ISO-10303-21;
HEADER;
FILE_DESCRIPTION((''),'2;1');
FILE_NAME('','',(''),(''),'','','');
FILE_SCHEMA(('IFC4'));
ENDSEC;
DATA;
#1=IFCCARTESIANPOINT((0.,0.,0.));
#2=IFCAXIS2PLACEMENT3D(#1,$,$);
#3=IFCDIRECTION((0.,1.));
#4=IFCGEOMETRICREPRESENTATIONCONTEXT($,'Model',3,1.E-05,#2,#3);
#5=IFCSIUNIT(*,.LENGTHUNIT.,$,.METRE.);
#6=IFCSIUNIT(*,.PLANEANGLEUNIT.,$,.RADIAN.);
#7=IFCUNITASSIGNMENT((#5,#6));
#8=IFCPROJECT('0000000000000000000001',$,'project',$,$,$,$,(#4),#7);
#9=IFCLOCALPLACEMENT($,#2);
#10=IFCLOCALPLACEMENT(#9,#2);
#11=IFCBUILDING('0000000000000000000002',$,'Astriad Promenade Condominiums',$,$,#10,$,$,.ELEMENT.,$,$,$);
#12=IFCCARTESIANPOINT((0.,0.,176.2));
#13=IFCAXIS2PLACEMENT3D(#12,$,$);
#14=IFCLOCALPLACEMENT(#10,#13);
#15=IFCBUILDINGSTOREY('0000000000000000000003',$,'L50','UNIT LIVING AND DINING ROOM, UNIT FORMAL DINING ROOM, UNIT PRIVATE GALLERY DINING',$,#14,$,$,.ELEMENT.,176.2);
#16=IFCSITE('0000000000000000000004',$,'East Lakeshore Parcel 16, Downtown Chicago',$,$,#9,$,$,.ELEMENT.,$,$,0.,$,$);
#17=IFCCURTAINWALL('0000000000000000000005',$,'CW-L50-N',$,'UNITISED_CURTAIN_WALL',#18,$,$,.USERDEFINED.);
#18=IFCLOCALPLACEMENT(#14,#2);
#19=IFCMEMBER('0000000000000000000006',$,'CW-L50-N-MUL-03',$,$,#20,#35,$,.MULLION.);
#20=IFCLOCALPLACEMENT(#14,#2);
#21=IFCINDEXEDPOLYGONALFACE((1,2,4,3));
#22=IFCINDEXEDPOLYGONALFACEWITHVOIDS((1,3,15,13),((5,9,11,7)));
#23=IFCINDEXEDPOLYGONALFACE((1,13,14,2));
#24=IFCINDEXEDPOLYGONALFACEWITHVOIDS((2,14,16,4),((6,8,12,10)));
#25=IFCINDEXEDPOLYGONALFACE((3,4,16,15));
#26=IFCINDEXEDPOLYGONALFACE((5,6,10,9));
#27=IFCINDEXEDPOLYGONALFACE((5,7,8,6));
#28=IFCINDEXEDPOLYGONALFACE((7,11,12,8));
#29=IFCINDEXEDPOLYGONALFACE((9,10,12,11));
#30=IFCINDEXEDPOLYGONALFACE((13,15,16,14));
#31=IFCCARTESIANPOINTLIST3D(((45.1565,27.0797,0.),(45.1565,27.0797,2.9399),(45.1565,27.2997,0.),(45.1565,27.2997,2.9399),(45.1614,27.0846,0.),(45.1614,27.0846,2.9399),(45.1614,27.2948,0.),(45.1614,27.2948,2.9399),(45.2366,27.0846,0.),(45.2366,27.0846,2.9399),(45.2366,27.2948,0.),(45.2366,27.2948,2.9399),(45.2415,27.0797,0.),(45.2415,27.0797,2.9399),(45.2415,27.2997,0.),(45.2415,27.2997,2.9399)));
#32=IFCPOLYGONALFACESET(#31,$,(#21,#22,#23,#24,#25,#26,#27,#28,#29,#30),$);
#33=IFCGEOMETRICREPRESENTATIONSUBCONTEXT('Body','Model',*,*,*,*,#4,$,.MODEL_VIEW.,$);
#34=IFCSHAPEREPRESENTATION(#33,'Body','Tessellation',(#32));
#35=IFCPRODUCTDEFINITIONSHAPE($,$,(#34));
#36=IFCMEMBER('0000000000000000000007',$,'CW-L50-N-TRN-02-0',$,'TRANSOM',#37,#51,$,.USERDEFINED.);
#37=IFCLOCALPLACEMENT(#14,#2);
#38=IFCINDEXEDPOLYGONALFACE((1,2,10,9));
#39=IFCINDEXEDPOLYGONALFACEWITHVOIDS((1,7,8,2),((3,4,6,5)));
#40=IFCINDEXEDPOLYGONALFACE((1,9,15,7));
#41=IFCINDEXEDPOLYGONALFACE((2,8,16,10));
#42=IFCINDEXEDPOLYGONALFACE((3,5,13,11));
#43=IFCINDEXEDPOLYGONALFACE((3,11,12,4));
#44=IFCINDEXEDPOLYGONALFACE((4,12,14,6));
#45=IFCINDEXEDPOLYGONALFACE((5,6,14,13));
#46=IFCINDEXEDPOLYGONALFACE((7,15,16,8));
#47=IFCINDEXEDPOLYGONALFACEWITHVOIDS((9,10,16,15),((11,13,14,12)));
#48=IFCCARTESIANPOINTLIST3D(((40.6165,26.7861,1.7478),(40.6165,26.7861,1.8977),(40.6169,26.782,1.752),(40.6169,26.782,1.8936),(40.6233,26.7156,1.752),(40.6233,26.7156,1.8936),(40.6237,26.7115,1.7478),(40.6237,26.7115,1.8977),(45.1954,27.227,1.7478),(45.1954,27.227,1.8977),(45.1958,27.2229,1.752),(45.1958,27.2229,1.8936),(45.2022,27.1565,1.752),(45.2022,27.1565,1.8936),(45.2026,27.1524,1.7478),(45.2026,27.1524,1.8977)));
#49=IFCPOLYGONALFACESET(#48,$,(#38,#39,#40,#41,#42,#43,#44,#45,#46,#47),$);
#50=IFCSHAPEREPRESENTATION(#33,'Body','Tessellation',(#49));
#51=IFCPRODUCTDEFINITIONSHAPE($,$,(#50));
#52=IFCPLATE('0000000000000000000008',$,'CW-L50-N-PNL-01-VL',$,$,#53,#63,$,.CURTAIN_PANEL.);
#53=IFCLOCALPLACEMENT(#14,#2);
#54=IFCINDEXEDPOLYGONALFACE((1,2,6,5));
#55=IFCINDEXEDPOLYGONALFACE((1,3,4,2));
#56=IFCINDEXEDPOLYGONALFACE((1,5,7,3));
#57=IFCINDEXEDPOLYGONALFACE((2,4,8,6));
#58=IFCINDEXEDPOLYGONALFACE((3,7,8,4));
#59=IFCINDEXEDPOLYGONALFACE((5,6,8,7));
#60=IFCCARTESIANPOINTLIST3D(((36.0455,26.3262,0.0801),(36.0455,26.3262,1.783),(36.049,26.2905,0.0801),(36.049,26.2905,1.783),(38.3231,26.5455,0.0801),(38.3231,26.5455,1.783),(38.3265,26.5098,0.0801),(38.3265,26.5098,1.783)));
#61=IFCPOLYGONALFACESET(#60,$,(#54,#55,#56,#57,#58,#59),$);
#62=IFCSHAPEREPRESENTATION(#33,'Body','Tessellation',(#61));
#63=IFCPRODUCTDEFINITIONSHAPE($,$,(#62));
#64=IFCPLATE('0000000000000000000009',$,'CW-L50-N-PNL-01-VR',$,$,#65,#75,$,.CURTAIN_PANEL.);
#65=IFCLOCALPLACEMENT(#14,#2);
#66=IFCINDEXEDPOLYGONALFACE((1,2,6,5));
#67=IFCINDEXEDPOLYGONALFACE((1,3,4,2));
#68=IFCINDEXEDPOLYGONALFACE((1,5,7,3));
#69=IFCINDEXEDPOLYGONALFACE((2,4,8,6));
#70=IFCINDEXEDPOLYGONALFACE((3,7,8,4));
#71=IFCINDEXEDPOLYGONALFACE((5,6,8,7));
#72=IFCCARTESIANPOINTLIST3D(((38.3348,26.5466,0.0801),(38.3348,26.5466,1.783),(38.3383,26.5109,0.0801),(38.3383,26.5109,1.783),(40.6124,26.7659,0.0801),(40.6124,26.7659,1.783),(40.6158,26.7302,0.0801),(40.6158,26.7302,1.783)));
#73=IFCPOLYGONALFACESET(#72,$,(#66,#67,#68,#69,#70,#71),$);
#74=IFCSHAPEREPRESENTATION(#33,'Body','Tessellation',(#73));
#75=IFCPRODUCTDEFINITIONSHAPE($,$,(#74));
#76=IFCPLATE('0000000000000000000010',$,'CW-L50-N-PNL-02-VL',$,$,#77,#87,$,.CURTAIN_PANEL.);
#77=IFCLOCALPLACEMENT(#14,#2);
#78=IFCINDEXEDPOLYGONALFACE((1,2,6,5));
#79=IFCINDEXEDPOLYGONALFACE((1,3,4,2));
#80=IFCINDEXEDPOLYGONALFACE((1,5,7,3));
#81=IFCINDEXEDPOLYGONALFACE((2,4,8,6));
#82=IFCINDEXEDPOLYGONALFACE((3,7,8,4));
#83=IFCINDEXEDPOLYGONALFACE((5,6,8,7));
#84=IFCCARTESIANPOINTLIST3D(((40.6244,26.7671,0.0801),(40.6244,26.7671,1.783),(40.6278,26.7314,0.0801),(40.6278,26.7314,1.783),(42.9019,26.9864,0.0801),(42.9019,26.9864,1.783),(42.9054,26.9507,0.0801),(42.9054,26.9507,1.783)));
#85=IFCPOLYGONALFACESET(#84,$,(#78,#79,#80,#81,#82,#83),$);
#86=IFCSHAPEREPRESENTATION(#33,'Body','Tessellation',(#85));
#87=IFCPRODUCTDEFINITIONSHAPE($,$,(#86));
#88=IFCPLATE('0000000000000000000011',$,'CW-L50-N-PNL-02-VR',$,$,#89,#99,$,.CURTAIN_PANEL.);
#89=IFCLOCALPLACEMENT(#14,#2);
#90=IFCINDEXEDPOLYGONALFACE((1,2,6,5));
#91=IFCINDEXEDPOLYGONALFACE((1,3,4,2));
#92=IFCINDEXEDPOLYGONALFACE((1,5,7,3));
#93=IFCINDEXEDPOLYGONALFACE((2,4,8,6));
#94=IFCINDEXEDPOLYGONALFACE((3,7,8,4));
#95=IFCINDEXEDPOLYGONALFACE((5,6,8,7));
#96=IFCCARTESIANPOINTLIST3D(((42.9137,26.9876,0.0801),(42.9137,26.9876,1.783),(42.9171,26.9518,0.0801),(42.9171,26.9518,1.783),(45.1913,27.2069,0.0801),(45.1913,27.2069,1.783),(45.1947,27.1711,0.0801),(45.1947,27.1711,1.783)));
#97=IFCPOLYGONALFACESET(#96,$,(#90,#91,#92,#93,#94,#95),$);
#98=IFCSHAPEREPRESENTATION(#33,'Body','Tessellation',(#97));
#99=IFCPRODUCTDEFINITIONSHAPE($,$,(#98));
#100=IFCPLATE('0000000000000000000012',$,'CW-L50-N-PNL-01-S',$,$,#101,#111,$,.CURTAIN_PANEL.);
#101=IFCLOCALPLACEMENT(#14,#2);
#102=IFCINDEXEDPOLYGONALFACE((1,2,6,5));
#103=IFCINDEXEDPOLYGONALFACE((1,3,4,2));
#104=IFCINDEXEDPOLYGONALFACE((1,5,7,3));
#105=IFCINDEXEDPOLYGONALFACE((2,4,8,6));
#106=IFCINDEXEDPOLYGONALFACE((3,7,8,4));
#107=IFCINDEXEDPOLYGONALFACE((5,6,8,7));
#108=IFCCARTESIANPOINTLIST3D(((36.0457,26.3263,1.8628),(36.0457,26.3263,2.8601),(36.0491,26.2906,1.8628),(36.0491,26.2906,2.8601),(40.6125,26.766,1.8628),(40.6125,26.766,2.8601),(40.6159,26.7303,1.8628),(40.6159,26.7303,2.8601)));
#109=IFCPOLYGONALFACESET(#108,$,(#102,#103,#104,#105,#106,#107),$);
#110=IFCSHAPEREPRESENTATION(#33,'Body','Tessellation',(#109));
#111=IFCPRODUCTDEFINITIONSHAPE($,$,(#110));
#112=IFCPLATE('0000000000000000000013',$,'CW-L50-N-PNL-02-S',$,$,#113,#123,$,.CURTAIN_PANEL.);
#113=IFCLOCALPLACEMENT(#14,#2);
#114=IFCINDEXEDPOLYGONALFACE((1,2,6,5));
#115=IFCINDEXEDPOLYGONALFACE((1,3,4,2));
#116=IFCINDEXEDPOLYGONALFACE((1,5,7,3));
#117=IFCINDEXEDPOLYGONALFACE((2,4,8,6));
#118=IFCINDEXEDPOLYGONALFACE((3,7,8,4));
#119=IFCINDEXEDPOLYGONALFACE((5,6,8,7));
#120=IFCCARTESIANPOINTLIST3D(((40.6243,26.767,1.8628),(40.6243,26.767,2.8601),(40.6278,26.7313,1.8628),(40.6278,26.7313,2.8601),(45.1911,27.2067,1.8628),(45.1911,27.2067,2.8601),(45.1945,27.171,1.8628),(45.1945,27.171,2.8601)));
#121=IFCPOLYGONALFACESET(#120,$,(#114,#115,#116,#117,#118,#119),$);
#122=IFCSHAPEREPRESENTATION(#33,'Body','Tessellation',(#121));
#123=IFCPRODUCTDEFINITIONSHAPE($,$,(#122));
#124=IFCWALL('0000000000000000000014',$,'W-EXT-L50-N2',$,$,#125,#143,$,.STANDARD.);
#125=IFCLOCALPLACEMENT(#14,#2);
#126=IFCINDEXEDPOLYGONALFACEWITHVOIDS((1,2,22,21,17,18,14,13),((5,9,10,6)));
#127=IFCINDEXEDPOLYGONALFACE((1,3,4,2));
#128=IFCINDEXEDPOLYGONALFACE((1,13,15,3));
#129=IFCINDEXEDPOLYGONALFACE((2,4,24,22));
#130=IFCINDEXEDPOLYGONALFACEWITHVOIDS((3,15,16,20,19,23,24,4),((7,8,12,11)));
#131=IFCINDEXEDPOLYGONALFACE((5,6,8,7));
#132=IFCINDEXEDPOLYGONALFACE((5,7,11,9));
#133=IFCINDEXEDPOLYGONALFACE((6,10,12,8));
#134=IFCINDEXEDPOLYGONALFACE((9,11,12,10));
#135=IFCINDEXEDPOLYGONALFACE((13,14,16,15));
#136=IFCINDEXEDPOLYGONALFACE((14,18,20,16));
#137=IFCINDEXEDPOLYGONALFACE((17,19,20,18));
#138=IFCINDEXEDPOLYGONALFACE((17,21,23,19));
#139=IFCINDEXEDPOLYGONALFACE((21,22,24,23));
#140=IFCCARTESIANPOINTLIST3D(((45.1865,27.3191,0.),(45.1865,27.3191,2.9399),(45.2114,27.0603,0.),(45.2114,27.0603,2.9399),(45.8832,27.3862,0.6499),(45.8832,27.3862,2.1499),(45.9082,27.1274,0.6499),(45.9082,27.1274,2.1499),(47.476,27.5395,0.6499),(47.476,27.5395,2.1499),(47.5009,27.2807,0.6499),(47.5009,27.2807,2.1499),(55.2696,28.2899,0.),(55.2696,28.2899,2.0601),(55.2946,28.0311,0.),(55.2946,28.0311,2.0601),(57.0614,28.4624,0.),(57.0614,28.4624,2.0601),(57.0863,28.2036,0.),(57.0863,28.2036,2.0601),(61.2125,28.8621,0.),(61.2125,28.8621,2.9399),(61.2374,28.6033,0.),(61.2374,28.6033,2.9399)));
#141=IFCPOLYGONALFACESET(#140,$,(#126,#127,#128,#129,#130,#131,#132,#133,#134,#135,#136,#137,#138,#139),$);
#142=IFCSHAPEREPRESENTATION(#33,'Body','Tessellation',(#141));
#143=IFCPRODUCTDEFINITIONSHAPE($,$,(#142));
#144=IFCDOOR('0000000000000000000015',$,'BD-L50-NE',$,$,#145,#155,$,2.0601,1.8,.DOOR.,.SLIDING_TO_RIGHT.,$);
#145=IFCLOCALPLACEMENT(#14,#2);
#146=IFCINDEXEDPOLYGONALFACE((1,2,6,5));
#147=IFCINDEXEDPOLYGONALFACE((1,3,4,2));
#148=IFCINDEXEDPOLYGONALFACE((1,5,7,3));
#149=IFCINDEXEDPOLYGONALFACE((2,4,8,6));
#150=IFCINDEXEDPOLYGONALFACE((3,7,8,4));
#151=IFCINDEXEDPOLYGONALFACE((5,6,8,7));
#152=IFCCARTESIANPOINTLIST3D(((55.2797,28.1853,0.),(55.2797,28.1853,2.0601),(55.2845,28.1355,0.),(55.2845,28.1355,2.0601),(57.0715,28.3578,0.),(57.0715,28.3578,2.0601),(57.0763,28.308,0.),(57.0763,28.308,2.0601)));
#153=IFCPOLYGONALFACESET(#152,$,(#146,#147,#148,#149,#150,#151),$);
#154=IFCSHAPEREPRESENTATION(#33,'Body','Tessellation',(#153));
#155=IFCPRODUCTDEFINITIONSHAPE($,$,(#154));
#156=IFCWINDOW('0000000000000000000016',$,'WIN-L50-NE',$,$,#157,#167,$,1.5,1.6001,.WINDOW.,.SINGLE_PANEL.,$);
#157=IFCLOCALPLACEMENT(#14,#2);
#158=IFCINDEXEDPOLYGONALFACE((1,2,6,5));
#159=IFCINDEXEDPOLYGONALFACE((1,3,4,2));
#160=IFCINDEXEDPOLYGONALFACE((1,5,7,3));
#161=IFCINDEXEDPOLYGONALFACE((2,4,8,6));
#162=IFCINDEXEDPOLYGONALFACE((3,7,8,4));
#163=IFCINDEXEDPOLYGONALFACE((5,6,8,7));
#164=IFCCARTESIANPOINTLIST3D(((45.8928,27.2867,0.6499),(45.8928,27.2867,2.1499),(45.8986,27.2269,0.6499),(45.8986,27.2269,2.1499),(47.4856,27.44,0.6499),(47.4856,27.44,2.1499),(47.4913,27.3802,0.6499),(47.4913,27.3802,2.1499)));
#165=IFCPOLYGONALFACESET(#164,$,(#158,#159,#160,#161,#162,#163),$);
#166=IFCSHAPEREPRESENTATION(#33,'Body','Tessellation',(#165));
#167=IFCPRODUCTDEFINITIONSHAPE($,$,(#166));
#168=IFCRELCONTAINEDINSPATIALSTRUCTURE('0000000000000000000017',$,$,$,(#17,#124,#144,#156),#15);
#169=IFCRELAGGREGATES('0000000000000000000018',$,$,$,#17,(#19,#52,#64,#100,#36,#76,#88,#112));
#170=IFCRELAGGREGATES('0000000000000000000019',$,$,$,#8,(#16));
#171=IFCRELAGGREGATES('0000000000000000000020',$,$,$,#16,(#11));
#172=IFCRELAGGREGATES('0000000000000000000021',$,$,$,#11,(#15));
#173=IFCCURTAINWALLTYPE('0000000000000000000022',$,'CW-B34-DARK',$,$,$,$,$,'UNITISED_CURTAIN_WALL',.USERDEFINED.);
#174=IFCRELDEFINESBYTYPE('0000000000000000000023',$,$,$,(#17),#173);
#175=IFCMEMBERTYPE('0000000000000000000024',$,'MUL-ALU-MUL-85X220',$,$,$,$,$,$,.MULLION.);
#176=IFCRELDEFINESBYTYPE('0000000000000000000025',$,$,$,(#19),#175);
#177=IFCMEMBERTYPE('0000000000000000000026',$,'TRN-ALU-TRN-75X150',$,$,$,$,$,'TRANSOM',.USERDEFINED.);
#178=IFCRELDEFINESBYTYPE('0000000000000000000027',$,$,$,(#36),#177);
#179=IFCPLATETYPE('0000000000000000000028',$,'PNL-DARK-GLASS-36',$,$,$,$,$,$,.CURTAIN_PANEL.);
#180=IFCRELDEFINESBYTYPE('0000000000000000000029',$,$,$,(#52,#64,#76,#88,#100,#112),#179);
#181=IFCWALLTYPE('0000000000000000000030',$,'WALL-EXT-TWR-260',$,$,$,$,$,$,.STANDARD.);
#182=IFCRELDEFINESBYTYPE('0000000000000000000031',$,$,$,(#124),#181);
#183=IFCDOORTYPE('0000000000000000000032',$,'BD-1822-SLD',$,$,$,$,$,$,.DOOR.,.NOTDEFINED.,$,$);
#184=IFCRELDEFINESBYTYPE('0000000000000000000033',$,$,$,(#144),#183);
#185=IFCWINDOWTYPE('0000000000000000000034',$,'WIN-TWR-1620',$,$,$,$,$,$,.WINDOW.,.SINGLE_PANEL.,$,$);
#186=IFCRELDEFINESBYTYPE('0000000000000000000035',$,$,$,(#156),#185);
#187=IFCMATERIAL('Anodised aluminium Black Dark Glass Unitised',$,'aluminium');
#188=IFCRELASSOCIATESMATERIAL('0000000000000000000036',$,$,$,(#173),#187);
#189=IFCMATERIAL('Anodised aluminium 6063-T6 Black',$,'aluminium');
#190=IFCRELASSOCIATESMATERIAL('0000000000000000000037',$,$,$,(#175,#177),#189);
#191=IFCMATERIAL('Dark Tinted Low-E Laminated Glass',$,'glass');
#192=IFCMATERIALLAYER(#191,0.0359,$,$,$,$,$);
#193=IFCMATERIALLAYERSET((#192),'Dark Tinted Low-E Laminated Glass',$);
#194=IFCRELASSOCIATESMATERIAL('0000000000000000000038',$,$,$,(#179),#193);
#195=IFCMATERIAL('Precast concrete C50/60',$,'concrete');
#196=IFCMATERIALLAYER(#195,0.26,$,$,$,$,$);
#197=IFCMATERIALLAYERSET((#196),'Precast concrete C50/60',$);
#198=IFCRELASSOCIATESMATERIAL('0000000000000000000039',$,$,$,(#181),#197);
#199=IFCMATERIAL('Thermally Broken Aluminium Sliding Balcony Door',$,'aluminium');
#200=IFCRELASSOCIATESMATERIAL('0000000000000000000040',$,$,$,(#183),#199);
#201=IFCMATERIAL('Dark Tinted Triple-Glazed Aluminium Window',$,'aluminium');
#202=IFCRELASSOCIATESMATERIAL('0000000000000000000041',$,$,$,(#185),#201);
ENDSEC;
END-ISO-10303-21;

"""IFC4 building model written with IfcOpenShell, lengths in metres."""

from ifc_helpers import new_model, si_unit, direction, frame, frame_2d, origin, origin_2d, place, context, subcontext, project, spatial, rectangle, hollow_rectangle, extrude, source, transform, mapped, material, layer, layer_set, material_profile, profile_set, type_object, type_shapes, element, fill, aggregate, save


model = new_model("IFC4")

# Units and contexts
model_context = context("Model", 3, precision=1e-05, world=origin(), true_north=direction((0.0, 1.0)))
body_context = subcontext(model_context, "Body", "Model", "MODEL_VIEW")
ifc_project = project(units=[si_unit("LENGTHUNIT", "METRE"), si_unit("PLANEANGLEUNIT", "RADIAN")], contexts=[model_context])

# Site, building, storey
site_placement = place(None, origin())
site = spatial("IfcSite", under=ifc_project, at=site_placement, Name="East Lakeshore Parcel 16, Downtown Chicago", CompositionType="ELEMENT", RefElevation=0.0)
building_placement = place(site_placement, origin())
building = spatial("IfcBuilding", under=site, at=building_placement, Name="Astriad Promenade Condominiums", CompositionType="ELEMENT")
storey_placement = place(building_placement, frame((0.0, 0.0, 176.2)))
storey = spatial("IfcBuildingStorey", under=building, at=storey_placement, Name="L50", Description="UNIT LIVING AND DINING ROOM, UNIT FORMAL DINING ROOM, UNIT PRIVATE GALLERY DINING", CompositionType="ELEMENT", Elevation=176.2)

# Curtain wall, members, plates
ifc_material_1 = material(Name="Anodised aluminium Black Dark Glass Unitised", Category="aluminium")
curtain_wall_type = type_object("IfcCurtainWallType", Name="CW-B34-DARK", ElementType="UNITISED_CURTAIN_WALL", PredefinedType="USERDEFINED", material=ifc_material_1)
curtain_wall_placement = place(storey_placement, origin())
curtain_wall = element("IfcCurtainWall", 1, at=curtain_wall_placement, inside=storey, type_object=curtain_wall_type, Name="CW-L50-N", ObjectType="UNITISED_CURTAIN_WALL", PredefinedType="USERDEFINED")
ifc_material_2 = material(Name="Anodised aluminium 6063-T6 Black", Category="aluminium")
ifc_material_profile_1 = material_profile(ifc_material_2, hollow_rectangle(XDim=0.085, YDim=0.22, WallThickness=0.0049, at=origin_2d()), Name="ALU-MUL-85X220")
ifc_profile_set_1 = profile_set([ifc_material_profile_1], Name="Anodised aluminium 6063-T6 Black")
member_type_1 = type_object("IfcMemberType", Name="MUL-ALU-MUL-85X220", PredefinedType="MULLION", material=ifc_profile_set_1)
shared_shape_1 = source(origin(), body_context, "Body", "SweptSolid", [
    extrude(hollow_rectangle(XDim=0.085, YDim=0.22, WallThickness=0.0049, at=origin_2d()), origin(), (0.0, 0.0, 1.0), 2.9399),
])
type_shapes(member_type_1, [shared_shape_1])
member_1_placement = place(storey_placement, frame((45.199, 27.1897, 0.0), z_axis=(0.0, 0.0, 1.0), x_axis=(1.0, 0.0, 0.0)))
member_1 = element("IfcMember", 2, at=member_1_placement, type_object=member_type_1, Name="CW-L50-N-MUL-03", PredefinedType="MULLION", context=body_context, shape_type="MappedRepresentation", body=[
    mapped(shared_shape_1, transform((0.0, 0.0, 0.0), scale=1.0)),
])
ifc_material_profile_2 = material_profile(ifc_material_2, hollow_rectangle(XDim=0.075, YDim=0.1499, WallThickness=0.0042, at=origin_2d()), Name="ALU-TRN-75X150")
ifc_profile_set_2 = profile_set([ifc_material_profile_2], Name="Anodised aluminium 6063-T6 Black")
member_type_2 = type_object("IfcMemberType", Name="TRN-ALU-TRN-75X150", ElementType="TRANSOM", PredefinedType="USERDEFINED", material=ifc_profile_set_2)
shared_shape_2 = source(origin(), body_context, "Body", "SweptSolid", [
    extrude(hollow_rectangle(XDim=0.075, YDim=0.1499, WallThickness=0.0042, at=origin_2d()), origin(), (0.0, 0.0, 1.0), 4.6001),
])
type_shapes(member_type_2, [shared_shape_2])
member_2_placement = place(storey_placement, frame((40.6201, 26.7488, 1.8228), z_axis=(0.995396, 0.095851, 0.0), x_axis=(-0.095851, 0.995396, 0.0)))
member_2 = element("IfcMember", 3, at=member_2_placement, type_object=member_type_2, Name="CW-L50-N-TRN-02-0", ObjectType="TRANSOM", PredefinedType="USERDEFINED", context=body_context, shape_type="MappedRepresentation", body=[
    mapped(shared_shape_2, transform((0.0, 0.0, 0.0), scale=1.0)),
])
ifc_material_3 = material(Name="Dark Tinted Low-E Laminated Glass", Category="glass")
ifc_layer_1 = layer(ifc_material_3, 0.0359)
ifc_layer_set_1 = layer_set([ifc_layer_1], Name="Dark Tinted Low-E Laminated Glass")
plate_type = type_object("IfcPlateType", Name="PNL-DARK-GLASS-36", PredefinedType="CURTAIN_PANEL", material=ifc_layer_set_1)
shared_shape_3 = source(origin(), body_context, "Body", "SweptSolid", [
    extrude(rectangle(XDim=2.2881, YDim=0.0359, at=origin_2d()), origin(), (0.0, 0.0, 1.0), 1.7029),
])
plate_1_placement = place(storey_placement, frame((37.186, 26.418, 0.0801), z_axis=(0.0, 0.0, 1.0), x_axis=(0.995396, 0.095846, 0.0)))
plate_1 = element("IfcPlate", 4, at=plate_1_placement, type_object=plate_type, Name="CW-L50-N-PNL-01-VL", PredefinedType="CURTAIN_PANEL", context=body_context, shape_type="MappedRepresentation", body=[
    mapped(shared_shape_3, transform((0.0, 0.0, 0.0), scale=1.0)),
])
plate_2_placement = place(storey_placement, frame((39.4753, 26.6384, 0.0801), z_axis=(0.0, 0.0, 1.0), x_axis=(0.995396, 0.095846, 0.0)))
plate_2 = element("IfcPlate", 5, at=plate_2_placement, type_object=plate_type, Name="CW-L50-N-PNL-01-VR", PredefinedType="CURTAIN_PANEL", context=body_context, shape_type="MappedRepresentation", body=[
    mapped(shared_shape_3, transform((0.0, 0.0, 0.0), scale=1.0)),
])
plate_3_placement = place(storey_placement, frame((41.7649, 26.8589, 0.0801), z_axis=(0.0, 0.0, 1.0), x_axis=(0.995396, 0.095846, 0.0)))
plate_3 = element("IfcPlate", 6, at=plate_3_placement, type_object=plate_type, Name="CW-L50-N-PNL-02-VL", PredefinedType="CURTAIN_PANEL", context=body_context, shape_type="MappedRepresentation", body=[
    mapped(shared_shape_3, transform((0.0, 0.0, 0.0), scale=1.0)),
])
plate_4_placement = place(storey_placement, frame((44.0542, 27.0793, 0.0801), z_axis=(0.0, 0.0, 1.0), x_axis=(0.995396, 0.095846, 0.0)))
plate_4 = element("IfcPlate", 7, at=plate_4_placement, type_object=plate_type, Name="CW-L50-N-PNL-02-VR", PredefinedType="CURTAIN_PANEL", context=body_context, shape_type="MappedRepresentation", body=[
    mapped(shared_shape_3, transform((0.0, 0.0, 0.0), scale=1.0)),
])
shared_shape_4 = source(origin(), body_context, "Body", "SweptSolid", [
    extrude(rectangle(XDim=4.5879, YDim=0.0359, at=origin_2d()), origin(), (0.0, 0.0, 1.0), 0.9973),
])
type_shapes(plate_type, [shared_shape_3, shared_shape_4])
plate_5_placement = place(storey_placement, frame((38.3308, 26.5283, 1.8628), z_axis=(0.0, 0.0, 1.0), x_axis=(0.995396, 0.095846, 0.0)))
plate_5 = element("IfcPlate", 8, at=plate_5_placement, type_object=plate_type, Name="CW-L50-N-PNL-01-S", PredefinedType="CURTAIN_PANEL", context=body_context, shape_type="MappedRepresentation", body=[
    mapped(shared_shape_4, transform((0.0, 0.0, 0.0), scale=1.0)),
])
plate_6_placement = place(storey_placement, frame((42.9094, 26.969, 1.8628), z_axis=(0.0, 0.0, 1.0), x_axis=(0.995396, 0.095846, 0.0)))
plate_6 = element("IfcPlate", 9, at=plate_6_placement, type_object=plate_type, Name="CW-L50-N-PNL-02-S", PredefinedType="CURTAIN_PANEL", context=body_context, shape_type="MappedRepresentation", body=[
    mapped(shared_shape_4, transform((0.0, 0.0, 0.0), scale=1.0)),
])
aggregate(curtain_wall, [member_1, plate_1, plate_2, plate_5, member_2, plate_3, plate_4, plate_6])

# Wall, openings, door, window
ifc_material_4 = material(Name="Precast concrete C50/60", Category="concrete")
ifc_layer_2 = layer(ifc_material_4, 0.26)
ifc_layer_set_2 = layer_set([ifc_layer_2], Name="Precast concrete C50/60")
wall_type_1 = type_object("IfcWallType", Name="WALL-EXT-TWR-260", PredefinedType="STANDARD", material=ifc_layer_set_2)
wall_1_placement = place(storey_placement, frame((45.199, 27.1897, 0.0), z_axis=(0.0, 0.0, 1.0), x_axis=(0.995397, 0.095837, 0.0)))
wall_1 = element("IfcWall", 10, at=wall_1_placement, inside=storey, type_object=wall_type_1, Name="W-EXT-L50-N2", PredefinedType="STANDARD", context=body_context, shape_type="SweptSolid", body=[
    extrude(rectangle(XDim=16.1001, YDim=0.26, at=frame_2d((8.05, 0.0))), origin(), (0.0, 0.0, 1.0), 2.9399),
])
opening_1_placement = place(wall_1_placement, frame((10.1299, 0.0, 0.0)))
opening_1 = element("IfcOpeningElement", 11, at=opening_1_placement, cuts=wall_1, PredefinedType="OPENING", context=body_context, shape_type="SweptSolid", body=[
    extrude(rectangle(XDim=1.8, YDim=2.0601, at=frame_2d((0.8999, 1.03))), frame((0.0, 0.1399, 0.0), z_axis=(0.0, -1.0, 0.0), x_axis=(1.0, 0.0, 0.0)), (0.0, 0.0, 1.0), 0.28),
])
opening_2_placement = place(wall_1_placement, frame((0.7, 0.0, 0.6499)))
opening_2 = element("IfcOpeningElement", 12, at=opening_2_placement, cuts=wall_1, PredefinedType="OPENING", context=body_context, shape_type="SweptSolid", body=[
    extrude(rectangle(XDim=1.6001, YDim=1.5, at=frame_2d((0.8, 0.75))), frame((0.0, 0.1399, 0.0), z_axis=(0.0, -1.0, 0.0), x_axis=(1.0, 0.0, 0.0)), (0.0, 0.0, 1.0), 0.28),
])
ifc_material_5 = material(Name="Thermally Broken Aluminium Sliding Balcony Door", Category="aluminium")
door_type_1 = type_object("IfcDoorType", Name="BD-1822-SLD", OperationType="NOTDEFINED", PredefinedType="DOOR", material=ifc_material_5)
shared_shape_5 = source(origin(), body_context, "Body", "SweptSolid", [
    extrude(rectangle(XDim=1.8, YDim=2.0601, at=frame_2d((0.8999, 1.03))), frame((0.0, 0.0249, 0.0), z_axis=(0.0, -1.0, 0.0), x_axis=(1.0, 0.0, 0.0)), (0.0, 0.0, 1.0), 0.05),
])
type_shapes(door_type_1, [shared_shape_5])
door_1_placement = place(opening_1_placement, origin())
door_1 = element("IfcDoor", 13, at=door_1_placement, inside=storey, type_object=door_type_1, Name="BD-L50-NE", OperationType="SLIDING_TO_RIGHT", OverallHeight=2.0601, OverallWidth=1.8, PredefinedType="DOOR", context=body_context, shape_type="MappedRepresentation", body=[
    mapped(shared_shape_5, transform((0.0, 0.0, 0.0), scale=1.0)),
])
fill(opening_1, door_1)
ifc_material_6 = material(Name="Dark Tinted Triple-Glazed Aluminium Window", Category="aluminium")
window_type = type_object("IfcWindowType", Name="WIN-TWR-1620", PartitioningType="SINGLE_PANEL", PredefinedType="WINDOW", material=ifc_material_6)
shared_shape_6 = source(origin(), body_context, "Body", "SweptSolid", [
    extrude(rectangle(XDim=1.6001, YDim=1.5, at=frame_2d((0.8, 0.75))), frame((0.0, 0.03, 0.0), z_axis=(0.0, -1.0, 0.0), x_axis=(1.0, 0.0, 0.0)), (0.0, 0.0, 1.0), 0.0601),
])
type_shapes(window_type, [shared_shape_6])
window_placement = place(opening_2_placement, origin())
window = element("IfcWindow", 14, at=window_placement, inside=storey, type_object=window_type, Name="WIN-L50-NE", OverallHeight=1.5, OverallWidth=1.6001, PartitioningType="SINGLE_PANEL", PredefinedType="WINDOW", context=body_context, shape_type="MappedRepresentation", body=[
    mapped(shared_shape_6, transform((0.0, 0.0, 0.0), scale=1.0)),
])
fill(opening_2, window)

save(model, "model.ifc")
